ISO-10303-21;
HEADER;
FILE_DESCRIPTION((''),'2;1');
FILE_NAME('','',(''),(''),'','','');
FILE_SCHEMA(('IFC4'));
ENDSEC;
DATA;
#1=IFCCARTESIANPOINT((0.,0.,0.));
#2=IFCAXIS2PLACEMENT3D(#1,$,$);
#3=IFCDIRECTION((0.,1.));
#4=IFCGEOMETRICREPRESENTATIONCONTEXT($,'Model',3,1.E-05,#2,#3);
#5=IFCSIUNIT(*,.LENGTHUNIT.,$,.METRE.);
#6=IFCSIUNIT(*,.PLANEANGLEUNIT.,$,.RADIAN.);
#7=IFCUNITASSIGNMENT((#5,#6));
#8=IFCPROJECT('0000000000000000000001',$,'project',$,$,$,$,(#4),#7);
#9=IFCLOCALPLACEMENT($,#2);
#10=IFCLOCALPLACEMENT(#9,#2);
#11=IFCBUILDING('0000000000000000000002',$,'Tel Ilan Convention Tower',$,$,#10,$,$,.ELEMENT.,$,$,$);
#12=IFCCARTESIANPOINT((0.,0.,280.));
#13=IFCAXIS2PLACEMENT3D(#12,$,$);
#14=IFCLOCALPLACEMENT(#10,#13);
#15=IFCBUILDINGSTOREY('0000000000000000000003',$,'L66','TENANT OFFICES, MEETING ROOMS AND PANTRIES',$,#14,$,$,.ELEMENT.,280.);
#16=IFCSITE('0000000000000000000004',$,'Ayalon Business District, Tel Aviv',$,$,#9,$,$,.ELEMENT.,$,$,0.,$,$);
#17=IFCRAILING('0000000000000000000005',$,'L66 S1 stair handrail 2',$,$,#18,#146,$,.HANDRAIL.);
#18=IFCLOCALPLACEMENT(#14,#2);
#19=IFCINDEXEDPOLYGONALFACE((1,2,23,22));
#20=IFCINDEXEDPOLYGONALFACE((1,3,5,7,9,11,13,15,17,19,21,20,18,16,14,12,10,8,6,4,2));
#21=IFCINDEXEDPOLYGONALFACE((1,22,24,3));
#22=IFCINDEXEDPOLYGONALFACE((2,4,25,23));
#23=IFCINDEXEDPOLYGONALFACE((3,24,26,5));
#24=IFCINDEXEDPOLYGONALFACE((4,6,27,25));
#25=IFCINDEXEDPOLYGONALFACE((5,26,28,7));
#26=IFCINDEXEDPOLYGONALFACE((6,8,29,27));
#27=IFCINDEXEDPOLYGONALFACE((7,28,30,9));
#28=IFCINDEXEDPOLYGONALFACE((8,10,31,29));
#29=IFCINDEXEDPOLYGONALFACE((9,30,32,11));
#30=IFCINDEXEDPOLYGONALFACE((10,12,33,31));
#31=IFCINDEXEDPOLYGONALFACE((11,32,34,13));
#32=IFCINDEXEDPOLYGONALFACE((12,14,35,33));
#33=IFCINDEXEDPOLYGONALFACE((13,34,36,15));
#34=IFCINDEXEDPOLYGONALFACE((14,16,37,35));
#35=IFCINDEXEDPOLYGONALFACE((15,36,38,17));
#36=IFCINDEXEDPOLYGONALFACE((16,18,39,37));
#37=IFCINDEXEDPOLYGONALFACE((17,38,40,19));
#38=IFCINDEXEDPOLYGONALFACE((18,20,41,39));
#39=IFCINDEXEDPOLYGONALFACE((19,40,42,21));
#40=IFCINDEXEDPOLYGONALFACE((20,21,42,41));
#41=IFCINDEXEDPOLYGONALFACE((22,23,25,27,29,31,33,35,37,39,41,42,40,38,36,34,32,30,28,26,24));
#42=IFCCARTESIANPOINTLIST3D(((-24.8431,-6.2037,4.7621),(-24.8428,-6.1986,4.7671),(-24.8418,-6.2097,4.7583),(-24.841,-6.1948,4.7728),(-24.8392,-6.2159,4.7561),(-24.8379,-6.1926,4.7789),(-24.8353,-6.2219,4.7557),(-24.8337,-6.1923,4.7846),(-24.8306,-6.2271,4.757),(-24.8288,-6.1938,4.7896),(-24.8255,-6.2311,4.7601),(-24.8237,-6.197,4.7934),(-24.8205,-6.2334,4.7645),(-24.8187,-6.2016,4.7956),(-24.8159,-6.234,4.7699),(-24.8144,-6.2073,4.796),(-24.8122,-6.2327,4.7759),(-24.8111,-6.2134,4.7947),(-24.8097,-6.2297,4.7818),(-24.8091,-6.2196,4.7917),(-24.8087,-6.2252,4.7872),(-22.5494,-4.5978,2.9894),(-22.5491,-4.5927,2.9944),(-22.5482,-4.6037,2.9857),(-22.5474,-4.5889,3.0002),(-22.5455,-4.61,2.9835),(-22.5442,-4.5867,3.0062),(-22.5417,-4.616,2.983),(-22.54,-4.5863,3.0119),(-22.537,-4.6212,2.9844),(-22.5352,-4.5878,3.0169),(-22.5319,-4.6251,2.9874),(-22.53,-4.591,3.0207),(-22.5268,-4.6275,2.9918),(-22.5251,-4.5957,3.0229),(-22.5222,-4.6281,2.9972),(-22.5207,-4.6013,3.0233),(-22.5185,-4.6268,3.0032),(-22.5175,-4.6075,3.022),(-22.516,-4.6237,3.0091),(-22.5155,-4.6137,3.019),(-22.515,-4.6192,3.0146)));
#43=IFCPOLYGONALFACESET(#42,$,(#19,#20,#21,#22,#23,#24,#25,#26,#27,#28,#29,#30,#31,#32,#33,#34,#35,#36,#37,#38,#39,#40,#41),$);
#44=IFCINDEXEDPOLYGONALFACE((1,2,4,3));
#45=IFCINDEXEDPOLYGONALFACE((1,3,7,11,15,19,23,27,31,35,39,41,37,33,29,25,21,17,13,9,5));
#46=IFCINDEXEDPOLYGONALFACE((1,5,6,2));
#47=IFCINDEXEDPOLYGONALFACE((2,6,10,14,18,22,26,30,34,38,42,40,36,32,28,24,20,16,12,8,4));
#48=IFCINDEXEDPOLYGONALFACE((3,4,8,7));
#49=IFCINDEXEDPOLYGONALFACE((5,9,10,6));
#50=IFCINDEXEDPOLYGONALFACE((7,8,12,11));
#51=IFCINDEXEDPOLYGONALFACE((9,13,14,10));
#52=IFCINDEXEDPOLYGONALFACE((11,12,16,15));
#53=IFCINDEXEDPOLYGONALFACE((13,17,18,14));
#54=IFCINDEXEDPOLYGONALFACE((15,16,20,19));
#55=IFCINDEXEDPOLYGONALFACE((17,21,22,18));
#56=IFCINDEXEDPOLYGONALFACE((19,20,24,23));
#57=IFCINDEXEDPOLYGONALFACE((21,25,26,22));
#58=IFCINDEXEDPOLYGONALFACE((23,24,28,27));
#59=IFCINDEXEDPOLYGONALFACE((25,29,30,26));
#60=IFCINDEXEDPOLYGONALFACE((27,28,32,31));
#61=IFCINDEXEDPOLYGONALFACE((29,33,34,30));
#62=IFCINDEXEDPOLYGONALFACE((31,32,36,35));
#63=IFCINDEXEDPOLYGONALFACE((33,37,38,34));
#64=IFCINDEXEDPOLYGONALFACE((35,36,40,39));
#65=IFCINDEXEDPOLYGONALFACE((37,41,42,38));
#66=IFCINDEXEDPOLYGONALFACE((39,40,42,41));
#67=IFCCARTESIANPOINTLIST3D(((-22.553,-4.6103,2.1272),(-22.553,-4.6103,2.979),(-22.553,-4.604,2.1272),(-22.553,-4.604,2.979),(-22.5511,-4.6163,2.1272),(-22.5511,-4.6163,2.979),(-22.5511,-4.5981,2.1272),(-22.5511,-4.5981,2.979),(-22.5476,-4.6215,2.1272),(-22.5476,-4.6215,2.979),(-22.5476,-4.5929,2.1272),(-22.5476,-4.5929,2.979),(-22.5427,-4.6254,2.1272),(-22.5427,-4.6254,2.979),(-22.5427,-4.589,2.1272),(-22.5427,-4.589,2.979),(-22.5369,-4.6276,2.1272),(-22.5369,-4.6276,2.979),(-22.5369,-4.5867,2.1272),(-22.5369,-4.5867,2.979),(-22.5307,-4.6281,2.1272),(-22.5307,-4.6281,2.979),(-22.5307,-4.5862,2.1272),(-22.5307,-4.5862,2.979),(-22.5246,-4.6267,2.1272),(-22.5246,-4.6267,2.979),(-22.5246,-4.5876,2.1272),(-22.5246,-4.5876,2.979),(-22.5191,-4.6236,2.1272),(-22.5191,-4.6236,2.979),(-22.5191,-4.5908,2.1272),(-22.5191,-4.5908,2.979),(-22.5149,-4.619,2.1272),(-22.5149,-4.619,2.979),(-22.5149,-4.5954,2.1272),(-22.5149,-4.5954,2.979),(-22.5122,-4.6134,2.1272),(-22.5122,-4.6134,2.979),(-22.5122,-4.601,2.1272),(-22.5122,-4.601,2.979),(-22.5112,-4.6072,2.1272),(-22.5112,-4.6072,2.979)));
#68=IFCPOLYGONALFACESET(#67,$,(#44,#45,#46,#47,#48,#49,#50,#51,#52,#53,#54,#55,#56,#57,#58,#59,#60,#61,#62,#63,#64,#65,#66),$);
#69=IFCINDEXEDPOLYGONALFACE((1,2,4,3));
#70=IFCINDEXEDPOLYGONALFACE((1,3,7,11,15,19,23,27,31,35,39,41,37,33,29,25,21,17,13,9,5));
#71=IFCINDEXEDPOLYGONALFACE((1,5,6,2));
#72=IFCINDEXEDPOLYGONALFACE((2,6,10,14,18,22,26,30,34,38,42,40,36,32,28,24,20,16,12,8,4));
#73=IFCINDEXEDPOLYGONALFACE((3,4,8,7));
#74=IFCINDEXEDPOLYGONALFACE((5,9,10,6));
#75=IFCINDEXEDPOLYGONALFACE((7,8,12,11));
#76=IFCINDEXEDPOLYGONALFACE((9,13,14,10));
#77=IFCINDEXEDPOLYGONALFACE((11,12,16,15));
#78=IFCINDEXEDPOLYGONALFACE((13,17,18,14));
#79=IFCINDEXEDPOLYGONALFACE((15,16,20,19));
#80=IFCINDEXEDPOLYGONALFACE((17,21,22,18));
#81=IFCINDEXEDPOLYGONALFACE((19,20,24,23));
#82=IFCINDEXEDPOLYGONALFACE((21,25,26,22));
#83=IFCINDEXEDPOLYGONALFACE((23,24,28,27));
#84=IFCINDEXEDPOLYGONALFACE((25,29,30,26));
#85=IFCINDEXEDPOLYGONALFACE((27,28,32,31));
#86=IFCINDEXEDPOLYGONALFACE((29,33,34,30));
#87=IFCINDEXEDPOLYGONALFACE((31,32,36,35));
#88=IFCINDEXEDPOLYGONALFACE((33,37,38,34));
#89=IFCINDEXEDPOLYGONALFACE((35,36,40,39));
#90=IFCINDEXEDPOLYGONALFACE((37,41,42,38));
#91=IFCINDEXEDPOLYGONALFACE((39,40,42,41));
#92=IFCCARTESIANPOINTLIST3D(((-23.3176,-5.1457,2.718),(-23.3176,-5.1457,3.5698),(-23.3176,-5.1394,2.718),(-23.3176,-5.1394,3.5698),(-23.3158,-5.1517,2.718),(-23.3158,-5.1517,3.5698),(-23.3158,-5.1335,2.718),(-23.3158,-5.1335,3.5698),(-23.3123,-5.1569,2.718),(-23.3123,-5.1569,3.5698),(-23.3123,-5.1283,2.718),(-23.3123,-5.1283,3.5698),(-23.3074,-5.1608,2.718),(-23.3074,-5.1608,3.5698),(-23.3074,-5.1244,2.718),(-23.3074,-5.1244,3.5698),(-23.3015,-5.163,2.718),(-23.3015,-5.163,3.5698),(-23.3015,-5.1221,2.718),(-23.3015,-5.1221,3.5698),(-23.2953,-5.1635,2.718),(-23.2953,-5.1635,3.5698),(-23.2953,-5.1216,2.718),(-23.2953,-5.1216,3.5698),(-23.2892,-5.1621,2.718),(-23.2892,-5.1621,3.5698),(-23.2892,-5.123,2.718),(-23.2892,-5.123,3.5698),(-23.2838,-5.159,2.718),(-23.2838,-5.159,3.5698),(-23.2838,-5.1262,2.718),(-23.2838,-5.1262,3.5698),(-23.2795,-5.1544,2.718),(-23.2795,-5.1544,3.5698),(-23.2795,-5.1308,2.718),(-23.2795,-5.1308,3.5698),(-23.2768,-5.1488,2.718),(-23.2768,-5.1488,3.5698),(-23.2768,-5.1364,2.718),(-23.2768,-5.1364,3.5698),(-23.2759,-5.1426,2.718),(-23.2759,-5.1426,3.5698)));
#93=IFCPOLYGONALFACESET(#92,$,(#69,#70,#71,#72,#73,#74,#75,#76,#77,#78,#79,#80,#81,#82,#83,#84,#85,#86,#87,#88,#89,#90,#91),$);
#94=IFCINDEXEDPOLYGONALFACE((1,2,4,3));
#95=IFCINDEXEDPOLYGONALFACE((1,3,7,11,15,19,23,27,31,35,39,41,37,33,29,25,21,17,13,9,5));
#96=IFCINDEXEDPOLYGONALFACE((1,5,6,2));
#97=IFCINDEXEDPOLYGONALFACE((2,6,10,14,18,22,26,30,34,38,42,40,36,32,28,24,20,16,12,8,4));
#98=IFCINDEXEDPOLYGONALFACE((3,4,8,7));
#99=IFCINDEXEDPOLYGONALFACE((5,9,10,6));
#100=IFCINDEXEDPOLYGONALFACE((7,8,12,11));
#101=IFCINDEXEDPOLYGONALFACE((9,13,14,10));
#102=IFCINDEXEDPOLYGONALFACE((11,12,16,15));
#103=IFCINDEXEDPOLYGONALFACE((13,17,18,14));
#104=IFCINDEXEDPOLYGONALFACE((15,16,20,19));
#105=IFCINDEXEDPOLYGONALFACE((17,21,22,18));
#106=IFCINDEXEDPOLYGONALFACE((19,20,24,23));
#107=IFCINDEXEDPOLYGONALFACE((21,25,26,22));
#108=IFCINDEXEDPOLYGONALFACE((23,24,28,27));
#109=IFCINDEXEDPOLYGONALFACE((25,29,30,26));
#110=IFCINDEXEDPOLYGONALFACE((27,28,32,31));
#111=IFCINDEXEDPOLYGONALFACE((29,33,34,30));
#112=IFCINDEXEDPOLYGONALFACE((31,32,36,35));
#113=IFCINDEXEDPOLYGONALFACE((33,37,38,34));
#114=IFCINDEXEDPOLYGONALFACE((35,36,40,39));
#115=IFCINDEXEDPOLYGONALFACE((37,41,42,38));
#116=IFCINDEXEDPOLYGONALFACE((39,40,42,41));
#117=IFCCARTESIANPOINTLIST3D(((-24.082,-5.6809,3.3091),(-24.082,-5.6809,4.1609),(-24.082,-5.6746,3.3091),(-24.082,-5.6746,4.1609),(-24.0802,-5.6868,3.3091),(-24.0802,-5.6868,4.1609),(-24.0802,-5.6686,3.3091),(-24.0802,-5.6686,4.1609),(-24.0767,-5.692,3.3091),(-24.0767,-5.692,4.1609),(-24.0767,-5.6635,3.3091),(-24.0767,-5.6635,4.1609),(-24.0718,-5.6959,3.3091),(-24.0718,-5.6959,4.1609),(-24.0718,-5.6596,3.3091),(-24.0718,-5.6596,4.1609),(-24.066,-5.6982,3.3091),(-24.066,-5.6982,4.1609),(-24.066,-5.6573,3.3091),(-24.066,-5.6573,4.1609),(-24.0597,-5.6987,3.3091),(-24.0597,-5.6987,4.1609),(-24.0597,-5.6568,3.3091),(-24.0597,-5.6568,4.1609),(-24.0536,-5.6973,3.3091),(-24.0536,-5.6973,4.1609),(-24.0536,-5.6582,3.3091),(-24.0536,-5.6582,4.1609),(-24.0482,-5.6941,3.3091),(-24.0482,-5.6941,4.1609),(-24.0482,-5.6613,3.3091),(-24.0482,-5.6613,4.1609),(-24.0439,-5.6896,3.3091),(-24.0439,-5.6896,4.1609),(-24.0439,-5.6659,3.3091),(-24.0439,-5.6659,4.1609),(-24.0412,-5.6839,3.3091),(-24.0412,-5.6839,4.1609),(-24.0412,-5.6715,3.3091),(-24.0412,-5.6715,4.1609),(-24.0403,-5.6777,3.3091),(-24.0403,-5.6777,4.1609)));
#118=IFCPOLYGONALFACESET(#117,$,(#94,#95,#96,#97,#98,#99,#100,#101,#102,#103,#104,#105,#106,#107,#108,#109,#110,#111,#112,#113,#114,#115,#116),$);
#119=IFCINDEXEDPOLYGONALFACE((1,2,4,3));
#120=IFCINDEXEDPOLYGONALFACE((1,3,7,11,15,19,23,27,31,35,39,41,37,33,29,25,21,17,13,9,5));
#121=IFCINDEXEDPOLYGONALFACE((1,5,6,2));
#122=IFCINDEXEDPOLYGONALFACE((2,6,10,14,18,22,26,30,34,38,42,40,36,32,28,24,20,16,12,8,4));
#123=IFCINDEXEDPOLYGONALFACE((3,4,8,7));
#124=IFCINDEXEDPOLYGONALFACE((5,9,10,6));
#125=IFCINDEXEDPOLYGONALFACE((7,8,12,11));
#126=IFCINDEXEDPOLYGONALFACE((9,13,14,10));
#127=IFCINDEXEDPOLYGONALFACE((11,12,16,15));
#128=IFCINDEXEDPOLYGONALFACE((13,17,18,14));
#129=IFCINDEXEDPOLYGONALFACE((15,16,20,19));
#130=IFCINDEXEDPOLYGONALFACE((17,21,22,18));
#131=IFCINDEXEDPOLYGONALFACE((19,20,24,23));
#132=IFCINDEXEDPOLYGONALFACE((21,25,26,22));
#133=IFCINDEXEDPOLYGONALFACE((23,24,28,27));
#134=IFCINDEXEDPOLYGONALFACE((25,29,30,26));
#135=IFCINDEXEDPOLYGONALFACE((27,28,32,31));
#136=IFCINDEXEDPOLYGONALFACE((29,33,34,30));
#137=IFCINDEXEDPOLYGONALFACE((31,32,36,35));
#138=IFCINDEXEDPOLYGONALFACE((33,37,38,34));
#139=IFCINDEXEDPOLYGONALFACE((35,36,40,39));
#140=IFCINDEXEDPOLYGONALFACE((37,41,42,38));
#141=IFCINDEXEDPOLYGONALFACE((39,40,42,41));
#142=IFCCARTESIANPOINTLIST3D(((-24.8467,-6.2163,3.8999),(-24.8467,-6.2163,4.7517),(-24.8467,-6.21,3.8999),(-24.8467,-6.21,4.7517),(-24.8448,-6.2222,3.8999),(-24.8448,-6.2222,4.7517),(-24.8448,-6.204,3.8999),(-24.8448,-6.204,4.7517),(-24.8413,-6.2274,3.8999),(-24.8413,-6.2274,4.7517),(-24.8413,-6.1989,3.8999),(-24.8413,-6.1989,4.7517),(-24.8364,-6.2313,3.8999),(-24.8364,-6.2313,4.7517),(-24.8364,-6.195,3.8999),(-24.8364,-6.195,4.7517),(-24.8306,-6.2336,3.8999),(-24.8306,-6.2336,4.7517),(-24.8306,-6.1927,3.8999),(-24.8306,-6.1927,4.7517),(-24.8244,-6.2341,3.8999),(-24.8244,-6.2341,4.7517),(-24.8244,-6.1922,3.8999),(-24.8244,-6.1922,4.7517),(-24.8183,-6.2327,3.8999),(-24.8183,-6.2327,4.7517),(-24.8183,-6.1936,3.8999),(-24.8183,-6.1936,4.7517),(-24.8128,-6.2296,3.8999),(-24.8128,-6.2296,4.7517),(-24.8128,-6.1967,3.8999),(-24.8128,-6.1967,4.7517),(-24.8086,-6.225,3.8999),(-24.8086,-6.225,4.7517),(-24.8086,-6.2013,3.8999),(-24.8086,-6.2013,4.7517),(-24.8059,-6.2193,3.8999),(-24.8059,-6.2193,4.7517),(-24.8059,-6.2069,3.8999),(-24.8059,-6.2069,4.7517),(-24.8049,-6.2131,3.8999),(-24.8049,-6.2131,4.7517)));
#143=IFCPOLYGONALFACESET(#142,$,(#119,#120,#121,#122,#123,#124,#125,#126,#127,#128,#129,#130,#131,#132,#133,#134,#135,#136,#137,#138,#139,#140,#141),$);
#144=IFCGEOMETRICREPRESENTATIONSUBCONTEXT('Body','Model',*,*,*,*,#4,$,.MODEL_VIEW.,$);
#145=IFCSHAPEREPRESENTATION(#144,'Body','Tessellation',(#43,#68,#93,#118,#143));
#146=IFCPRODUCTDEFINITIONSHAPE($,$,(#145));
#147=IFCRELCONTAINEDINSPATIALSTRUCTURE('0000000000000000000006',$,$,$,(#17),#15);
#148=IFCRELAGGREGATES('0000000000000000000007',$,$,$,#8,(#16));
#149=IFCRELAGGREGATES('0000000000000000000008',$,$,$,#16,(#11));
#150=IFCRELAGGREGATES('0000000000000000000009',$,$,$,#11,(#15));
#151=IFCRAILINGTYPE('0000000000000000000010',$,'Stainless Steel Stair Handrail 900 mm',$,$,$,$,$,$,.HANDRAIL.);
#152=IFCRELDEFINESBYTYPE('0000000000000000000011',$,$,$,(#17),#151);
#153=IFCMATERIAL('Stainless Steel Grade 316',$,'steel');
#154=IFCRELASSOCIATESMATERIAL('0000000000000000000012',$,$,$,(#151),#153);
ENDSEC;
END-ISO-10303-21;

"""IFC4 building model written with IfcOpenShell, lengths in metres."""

from ifc_helpers import new_model, si_unit, direction, frame, origin, origin_2d, place, context, subcontext, project, spatial, circle, extrude, material, type_object, element, save


model = new_model("IFC4")

# Units and contexts
model_context = context("Model", 3, precision=1e-05, world=origin(), true_north=direction((0.0, 1.0)))
body_context = subcontext(model_context, "Body", "Model", "MODEL_VIEW")
ifc_project = project(units=[si_unit("LENGTHUNIT", "METRE"), si_unit("PLANEANGLEUNIT", "RADIAN")], contexts=[model_context])

# Site, building, storey
site_placement = place(None, origin())
site = spatial("IfcSite", under=ifc_project, at=site_placement, Name="Ayalon Business District, Tel Aviv", CompositionType="ELEMENT", RefElevation=0.0)
building_placement = place(site_placement, origin())
building = spatial("IfcBuilding", under=site, at=building_placement, Name="Tel Ilan Convention Tower", CompositionType="ELEMENT")
storey_placement = place(building_placement, frame((0.0, 0.0, 280.0)))
storey = spatial("IfcBuildingStorey", under=building, at=storey_placement, Name="L66", Description="TENANT OFFICES, MEETING ROOMS AND PANTRIES", CompositionType="ELEMENT", Elevation=280.0)

# Railing
ifc_material_1 = material(Name="Stainless Steel Grade 316", Category="steel")
railing_type_1 = type_object("IfcRailingType", Name="Stainless Steel Stair Handrail 900 mm", PredefinedType="HANDRAIL", material=ifc_material_1)
for number, where, name in (
    (1, (-22.5322, -4.6072, 2.1272), "L66 S1 stair handrail 2"),
):
    element("IfcRailing", number, at=place(storey_placement, frame(where)), inside=storey, type_object=railing_type_1, Name=name, PredefinedType="HANDRAIL", context=body_context, shape_type="SweptSolid", body=[
        extrude(circle(Radius=0.0239, at=origin_2d()), frame((0.0, 0.0, 0.876), z_axis=(-0.692123, -0.484597, 0.534913), x_axis=(0.57355, -0.81917, 0.0)), (0.0, 0.0, 1.0), 3.314),
        extrude(circle(Radius=0.021, at=origin_2d()), origin(), (0.0, 0.0, 1.0), 0.8518),
        extrude(circle(Radius=0.021, at=origin_2d()), frame((-0.7646, -0.5354, 0.5908)), (0.0, 0.0, 1.0), 0.8518),
        extrude(circle(Radius=0.021, at=origin_2d()), frame((-1.5291, -1.0706, 1.1819)), (0.0, 0.0, 1.0), 0.8518),
        extrude(circle(Radius=0.021, at=origin_2d()), frame((-2.2937, -1.606, 1.7727)), (0.0, 0.0, 1.0), 0.8518),
    ])

save(model, "model.ifc")
